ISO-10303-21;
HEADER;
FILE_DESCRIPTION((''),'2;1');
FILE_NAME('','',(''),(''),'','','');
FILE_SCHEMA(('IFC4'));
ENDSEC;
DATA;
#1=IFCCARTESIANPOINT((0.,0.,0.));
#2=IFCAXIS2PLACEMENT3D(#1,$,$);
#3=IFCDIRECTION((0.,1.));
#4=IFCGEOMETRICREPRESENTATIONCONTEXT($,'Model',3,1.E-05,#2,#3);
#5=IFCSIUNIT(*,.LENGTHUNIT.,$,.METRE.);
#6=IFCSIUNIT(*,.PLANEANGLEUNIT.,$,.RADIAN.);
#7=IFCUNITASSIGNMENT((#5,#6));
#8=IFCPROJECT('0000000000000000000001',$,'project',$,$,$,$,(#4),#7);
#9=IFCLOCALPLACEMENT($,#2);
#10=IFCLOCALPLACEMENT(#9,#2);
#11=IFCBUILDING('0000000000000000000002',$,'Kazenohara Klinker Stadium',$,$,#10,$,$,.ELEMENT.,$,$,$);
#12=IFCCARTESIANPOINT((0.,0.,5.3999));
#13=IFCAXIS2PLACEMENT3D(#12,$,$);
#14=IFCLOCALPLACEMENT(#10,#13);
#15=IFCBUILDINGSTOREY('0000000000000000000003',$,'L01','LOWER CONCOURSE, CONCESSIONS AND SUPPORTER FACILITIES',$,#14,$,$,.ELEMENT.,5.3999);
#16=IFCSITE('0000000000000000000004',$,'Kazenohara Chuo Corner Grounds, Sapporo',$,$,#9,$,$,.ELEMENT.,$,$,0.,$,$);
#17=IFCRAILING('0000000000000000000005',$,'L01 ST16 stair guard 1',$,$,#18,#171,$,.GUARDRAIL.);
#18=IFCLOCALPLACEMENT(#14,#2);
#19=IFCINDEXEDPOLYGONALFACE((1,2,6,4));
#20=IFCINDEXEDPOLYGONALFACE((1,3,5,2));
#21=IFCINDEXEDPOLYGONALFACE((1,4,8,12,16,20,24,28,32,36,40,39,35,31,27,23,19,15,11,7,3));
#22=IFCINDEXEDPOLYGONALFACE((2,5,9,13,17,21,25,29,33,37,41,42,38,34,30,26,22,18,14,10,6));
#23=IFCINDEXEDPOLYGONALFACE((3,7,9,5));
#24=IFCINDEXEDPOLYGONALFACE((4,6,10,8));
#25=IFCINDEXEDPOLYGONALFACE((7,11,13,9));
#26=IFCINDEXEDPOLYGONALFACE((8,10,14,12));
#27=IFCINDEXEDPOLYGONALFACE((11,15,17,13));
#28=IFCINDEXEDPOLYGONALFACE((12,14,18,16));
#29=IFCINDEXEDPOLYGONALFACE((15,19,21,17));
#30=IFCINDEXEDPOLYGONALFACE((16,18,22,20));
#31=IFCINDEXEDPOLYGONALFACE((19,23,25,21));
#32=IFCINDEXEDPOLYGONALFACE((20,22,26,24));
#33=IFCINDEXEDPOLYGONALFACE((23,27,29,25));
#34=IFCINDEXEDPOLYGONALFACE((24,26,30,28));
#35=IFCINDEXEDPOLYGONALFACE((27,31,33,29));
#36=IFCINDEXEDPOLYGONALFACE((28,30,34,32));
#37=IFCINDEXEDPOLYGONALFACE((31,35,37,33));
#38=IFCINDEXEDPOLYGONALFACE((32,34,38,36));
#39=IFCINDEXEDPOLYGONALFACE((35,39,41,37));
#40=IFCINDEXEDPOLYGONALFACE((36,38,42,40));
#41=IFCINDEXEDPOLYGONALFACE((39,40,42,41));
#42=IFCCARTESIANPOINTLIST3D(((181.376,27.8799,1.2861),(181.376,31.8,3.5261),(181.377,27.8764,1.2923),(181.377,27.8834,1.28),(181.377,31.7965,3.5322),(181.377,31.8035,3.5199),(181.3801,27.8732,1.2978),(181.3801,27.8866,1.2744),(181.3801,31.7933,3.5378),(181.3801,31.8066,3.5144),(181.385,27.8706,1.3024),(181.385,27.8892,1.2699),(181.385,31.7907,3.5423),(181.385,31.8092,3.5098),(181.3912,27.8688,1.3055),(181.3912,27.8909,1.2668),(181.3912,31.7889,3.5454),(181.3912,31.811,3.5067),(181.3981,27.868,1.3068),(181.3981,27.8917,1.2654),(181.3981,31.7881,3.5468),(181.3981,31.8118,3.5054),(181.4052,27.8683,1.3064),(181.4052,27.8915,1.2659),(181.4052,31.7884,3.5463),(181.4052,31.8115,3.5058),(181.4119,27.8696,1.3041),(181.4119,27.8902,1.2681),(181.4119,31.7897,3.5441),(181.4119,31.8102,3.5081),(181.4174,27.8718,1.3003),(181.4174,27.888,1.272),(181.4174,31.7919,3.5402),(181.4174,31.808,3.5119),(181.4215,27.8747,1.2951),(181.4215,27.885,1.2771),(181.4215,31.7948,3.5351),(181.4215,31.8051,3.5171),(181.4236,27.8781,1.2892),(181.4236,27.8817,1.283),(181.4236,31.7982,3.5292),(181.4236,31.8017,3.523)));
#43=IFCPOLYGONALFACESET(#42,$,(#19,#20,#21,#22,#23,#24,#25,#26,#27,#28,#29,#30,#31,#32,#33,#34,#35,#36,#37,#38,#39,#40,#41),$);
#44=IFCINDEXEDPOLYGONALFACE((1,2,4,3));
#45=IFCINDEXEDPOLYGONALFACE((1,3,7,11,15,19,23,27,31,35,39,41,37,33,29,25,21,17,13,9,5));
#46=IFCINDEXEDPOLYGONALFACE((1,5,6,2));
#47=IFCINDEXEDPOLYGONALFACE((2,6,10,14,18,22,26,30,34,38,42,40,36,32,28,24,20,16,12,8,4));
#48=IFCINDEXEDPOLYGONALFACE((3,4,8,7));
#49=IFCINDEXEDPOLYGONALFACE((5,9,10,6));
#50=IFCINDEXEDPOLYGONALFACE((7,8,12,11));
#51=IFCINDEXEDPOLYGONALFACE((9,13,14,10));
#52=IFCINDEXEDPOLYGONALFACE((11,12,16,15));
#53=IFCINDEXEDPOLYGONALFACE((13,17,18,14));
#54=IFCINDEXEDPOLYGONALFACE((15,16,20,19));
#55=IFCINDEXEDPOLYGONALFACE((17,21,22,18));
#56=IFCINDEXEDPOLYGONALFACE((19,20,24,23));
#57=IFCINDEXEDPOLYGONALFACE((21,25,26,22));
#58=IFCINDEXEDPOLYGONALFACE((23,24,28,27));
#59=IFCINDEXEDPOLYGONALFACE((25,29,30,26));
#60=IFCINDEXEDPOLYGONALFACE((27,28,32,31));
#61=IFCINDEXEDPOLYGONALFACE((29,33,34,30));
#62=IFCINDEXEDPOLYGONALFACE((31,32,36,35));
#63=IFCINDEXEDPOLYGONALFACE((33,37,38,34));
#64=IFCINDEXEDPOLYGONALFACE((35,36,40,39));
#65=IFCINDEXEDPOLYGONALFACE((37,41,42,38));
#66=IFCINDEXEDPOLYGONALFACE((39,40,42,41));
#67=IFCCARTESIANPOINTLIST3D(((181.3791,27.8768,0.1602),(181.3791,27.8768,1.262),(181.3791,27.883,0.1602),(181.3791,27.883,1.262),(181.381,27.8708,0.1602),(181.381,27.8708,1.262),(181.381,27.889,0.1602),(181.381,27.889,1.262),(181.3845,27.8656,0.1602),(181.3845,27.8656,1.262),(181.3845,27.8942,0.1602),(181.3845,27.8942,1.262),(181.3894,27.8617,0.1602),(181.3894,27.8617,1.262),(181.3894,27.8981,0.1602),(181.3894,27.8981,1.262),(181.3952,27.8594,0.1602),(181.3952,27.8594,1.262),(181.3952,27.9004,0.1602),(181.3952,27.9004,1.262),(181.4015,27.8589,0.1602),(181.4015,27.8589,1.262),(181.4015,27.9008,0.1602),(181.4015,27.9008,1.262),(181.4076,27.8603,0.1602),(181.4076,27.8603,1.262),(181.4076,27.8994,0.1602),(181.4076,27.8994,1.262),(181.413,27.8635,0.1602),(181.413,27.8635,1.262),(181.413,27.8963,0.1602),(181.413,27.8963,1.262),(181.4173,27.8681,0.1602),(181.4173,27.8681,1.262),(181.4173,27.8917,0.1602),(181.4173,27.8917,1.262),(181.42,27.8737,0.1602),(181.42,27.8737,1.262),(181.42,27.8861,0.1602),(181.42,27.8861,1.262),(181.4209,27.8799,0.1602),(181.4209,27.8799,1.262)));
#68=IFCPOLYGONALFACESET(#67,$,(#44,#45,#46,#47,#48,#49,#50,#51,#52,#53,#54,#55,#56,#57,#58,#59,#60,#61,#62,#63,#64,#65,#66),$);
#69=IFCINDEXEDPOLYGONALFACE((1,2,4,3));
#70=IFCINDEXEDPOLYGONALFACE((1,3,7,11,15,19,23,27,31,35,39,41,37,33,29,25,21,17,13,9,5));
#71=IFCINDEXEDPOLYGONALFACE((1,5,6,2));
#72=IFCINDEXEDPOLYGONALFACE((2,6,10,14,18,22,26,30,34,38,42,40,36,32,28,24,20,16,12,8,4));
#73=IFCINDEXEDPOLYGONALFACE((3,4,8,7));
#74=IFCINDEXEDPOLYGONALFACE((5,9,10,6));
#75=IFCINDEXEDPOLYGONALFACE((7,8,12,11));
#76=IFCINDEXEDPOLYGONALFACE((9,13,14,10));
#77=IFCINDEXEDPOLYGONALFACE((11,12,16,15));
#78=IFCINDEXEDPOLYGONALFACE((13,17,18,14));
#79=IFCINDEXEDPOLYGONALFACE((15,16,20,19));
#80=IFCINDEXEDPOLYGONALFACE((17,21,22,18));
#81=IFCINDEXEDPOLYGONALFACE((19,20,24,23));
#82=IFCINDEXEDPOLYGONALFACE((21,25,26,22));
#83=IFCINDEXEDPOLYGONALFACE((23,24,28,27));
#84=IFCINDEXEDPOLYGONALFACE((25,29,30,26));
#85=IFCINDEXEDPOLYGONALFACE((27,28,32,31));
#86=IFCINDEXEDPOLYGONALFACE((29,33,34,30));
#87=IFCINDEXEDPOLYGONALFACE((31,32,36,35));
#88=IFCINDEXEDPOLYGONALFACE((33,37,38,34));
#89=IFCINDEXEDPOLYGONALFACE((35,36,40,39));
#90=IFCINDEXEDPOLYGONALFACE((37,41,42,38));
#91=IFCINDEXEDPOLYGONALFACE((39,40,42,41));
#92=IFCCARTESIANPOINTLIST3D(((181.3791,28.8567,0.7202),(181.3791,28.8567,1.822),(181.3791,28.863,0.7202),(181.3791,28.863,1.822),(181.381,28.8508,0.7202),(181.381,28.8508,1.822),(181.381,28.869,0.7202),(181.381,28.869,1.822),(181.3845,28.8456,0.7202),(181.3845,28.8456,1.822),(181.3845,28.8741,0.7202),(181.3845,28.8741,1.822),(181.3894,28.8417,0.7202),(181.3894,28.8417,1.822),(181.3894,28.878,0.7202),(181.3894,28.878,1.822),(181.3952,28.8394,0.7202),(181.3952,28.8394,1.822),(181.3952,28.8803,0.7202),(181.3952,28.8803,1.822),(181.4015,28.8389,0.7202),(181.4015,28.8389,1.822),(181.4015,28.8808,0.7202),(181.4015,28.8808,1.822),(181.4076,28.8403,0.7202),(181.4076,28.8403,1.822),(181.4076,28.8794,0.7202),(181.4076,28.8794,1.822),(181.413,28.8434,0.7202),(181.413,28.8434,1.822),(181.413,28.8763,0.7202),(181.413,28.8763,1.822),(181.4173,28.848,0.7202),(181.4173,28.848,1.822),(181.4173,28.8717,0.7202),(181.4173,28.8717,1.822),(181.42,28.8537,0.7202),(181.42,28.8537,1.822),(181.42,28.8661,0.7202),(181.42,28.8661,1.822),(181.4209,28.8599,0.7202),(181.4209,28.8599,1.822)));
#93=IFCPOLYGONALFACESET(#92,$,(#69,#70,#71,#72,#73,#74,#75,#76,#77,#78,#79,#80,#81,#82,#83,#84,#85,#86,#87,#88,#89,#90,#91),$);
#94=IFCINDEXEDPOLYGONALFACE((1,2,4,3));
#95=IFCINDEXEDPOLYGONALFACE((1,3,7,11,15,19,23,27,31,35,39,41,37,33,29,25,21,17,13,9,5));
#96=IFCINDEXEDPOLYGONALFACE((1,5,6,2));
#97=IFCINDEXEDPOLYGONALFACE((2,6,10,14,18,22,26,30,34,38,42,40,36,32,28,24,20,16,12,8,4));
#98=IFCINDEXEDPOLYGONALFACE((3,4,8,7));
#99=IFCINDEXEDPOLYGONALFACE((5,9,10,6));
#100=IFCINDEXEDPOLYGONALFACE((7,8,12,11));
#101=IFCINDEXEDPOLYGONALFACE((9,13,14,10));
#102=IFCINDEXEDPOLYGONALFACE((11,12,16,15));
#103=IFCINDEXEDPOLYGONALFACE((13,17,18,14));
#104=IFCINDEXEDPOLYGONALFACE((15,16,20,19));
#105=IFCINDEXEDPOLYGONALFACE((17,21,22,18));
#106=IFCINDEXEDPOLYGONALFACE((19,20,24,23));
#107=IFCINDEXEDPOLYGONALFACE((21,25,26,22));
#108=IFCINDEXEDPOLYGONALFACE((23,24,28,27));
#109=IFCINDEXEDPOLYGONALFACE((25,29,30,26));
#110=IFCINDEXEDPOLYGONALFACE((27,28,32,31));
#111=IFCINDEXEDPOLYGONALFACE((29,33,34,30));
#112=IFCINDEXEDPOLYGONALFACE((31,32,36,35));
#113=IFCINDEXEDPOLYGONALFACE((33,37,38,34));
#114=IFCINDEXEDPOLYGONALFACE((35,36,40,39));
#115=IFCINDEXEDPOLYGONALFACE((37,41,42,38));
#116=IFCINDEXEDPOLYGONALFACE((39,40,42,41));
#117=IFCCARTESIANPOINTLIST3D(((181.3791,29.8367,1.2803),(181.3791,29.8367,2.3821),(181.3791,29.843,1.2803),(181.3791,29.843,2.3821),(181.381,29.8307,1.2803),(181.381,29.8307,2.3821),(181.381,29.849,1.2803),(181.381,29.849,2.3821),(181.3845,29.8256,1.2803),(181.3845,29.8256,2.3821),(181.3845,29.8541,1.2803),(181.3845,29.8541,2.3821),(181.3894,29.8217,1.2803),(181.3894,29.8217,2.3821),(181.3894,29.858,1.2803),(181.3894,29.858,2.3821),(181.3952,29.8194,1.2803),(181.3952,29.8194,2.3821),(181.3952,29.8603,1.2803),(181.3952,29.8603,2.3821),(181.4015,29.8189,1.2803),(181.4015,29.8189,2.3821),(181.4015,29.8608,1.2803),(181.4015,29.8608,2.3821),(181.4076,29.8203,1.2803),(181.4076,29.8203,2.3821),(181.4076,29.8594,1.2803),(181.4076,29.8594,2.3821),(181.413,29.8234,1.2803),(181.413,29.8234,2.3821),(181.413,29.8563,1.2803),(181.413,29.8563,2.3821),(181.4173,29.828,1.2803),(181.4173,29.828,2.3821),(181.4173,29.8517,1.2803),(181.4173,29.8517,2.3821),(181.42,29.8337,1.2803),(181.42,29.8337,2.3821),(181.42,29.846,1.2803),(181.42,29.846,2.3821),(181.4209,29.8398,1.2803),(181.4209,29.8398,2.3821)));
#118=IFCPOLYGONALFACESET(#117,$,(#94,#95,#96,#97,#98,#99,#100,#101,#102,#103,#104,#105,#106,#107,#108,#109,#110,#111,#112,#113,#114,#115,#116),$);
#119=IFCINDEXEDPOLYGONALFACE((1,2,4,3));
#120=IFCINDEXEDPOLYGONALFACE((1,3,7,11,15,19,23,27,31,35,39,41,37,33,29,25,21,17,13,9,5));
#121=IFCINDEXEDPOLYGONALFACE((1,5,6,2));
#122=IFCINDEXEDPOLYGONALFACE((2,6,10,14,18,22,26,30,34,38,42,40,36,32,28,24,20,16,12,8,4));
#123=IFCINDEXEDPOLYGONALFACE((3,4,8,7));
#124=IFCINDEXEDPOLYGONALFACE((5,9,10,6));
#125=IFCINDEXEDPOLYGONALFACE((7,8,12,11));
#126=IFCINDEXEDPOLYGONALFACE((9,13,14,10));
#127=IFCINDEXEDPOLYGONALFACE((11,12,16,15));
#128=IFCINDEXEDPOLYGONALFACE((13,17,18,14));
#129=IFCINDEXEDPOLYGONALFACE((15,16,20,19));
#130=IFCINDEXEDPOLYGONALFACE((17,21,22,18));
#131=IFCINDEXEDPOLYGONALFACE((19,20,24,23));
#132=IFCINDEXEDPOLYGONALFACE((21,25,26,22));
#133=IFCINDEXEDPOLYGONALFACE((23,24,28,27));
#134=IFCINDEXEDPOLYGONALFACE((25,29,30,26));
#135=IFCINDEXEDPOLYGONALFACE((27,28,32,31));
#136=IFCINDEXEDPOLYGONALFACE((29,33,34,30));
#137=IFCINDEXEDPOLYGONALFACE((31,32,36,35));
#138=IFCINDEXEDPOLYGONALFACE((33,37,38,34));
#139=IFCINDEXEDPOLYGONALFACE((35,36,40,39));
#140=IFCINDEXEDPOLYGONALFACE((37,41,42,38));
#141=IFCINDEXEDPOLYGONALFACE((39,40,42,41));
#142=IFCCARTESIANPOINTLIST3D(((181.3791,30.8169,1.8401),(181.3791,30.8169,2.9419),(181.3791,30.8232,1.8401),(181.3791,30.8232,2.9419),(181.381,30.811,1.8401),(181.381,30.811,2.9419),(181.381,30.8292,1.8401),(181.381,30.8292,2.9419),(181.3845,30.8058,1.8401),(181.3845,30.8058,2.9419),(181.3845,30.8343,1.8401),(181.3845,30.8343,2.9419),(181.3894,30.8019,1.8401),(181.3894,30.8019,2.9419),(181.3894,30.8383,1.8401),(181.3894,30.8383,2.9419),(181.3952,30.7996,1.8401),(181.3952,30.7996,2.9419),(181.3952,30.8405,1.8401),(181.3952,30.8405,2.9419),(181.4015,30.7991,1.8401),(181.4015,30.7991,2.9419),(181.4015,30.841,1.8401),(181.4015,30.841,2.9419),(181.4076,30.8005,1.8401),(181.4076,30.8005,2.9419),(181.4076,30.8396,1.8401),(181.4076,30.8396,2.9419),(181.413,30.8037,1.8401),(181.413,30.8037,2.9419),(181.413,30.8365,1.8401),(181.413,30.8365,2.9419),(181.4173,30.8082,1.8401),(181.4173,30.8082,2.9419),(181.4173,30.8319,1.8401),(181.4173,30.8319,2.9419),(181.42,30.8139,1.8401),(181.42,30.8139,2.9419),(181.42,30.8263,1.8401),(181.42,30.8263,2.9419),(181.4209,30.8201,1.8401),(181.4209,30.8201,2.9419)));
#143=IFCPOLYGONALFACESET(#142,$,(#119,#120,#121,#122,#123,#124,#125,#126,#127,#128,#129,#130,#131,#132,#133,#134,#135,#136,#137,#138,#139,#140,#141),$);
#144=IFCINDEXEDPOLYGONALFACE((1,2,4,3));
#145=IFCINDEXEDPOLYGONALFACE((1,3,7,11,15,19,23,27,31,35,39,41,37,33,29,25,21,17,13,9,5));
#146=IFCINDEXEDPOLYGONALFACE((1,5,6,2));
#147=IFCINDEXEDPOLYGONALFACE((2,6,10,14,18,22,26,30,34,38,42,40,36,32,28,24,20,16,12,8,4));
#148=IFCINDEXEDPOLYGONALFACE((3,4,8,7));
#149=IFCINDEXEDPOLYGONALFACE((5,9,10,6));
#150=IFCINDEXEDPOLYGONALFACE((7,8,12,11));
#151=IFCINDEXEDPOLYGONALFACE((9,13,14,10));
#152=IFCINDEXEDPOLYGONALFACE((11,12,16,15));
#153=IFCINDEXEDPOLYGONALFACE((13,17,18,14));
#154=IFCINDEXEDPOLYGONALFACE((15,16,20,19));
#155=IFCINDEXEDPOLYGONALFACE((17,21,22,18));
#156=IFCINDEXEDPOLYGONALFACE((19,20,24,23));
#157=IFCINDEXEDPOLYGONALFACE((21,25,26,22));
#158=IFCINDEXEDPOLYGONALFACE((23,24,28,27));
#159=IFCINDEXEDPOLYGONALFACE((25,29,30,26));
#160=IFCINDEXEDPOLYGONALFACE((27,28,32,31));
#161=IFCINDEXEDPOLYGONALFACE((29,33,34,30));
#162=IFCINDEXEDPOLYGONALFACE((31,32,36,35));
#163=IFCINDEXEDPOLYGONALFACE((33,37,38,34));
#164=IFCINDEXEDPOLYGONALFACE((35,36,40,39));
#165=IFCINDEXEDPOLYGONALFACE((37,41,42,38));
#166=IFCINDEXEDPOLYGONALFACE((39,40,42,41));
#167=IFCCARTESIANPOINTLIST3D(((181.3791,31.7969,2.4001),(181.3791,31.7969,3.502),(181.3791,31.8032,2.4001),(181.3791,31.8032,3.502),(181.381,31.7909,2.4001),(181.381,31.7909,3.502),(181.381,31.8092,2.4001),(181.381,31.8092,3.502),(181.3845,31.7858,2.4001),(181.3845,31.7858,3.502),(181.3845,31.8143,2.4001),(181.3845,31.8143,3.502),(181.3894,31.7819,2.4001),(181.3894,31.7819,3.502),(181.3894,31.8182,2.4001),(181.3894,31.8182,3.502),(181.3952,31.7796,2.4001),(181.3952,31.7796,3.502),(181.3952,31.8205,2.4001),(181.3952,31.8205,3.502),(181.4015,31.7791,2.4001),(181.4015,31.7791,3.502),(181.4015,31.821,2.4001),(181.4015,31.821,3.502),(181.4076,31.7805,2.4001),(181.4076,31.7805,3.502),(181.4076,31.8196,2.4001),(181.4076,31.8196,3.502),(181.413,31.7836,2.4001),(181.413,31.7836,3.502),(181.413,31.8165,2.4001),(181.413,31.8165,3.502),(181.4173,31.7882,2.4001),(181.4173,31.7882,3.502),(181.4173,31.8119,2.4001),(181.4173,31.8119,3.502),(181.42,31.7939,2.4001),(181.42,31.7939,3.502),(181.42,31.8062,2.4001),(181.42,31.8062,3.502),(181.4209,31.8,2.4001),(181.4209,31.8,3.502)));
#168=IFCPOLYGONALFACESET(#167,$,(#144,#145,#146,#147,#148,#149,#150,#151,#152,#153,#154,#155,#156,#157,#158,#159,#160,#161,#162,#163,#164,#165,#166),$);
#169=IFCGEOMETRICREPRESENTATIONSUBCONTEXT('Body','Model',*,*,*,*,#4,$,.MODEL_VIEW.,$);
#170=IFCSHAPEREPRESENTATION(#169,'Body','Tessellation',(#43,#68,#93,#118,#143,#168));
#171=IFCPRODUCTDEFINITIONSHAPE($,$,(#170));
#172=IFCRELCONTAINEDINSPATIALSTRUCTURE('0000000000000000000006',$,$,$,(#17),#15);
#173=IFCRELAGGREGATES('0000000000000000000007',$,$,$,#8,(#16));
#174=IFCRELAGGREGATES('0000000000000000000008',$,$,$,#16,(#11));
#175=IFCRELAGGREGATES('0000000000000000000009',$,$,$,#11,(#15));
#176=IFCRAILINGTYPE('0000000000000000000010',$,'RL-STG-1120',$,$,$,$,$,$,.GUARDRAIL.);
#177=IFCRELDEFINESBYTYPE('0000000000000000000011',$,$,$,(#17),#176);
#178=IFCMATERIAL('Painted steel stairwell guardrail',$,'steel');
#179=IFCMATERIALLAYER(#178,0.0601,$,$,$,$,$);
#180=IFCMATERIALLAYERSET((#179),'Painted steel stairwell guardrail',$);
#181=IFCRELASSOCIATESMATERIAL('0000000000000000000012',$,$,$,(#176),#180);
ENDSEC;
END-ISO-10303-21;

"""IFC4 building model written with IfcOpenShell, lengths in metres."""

from ifc_helpers import new_model, si_unit, direction, frame, origin, origin_2d, place, context, subcontext, project, spatial, circle, extrude, material, layer, layer_set, type_object, element, save


model = new_model("IFC4")

# Units and contexts
model_context = context("Model", 3, precision=1e-05, world=origin(), true_north=direction((0.0, 1.0)))
body_context = subcontext(model_context, "Body", "Model", "MODEL_VIEW")
ifc_project = project(units=[si_unit("LENGTHUNIT", "METRE"), si_unit("PLANEANGLEUNIT", "RADIAN")], contexts=[model_context])

# Site, building, storey
site_placement = place(None, origin())
site = spatial("IfcSite", under=ifc_project, at=site_placement, Name="Kazenohara Chuo Corner Grounds, Sapporo", CompositionType="ELEMENT", RefElevation=0.0)
building_placement = place(site_placement, origin())
building = spatial("IfcBuilding", under=site, at=building_placement, Name="Kazenohara Klinker Stadium", CompositionType="ELEMENT")
storey_placement = place(building_placement, frame((0.0, 0.0, 5.3999)))
storey = spatial("IfcBuildingStorey", under=building, at=storey_placement, Name="L01", Description="LOWER CONCOURSE, CONCESSIONS AND SUPPORTER FACILITIES", CompositionType="ELEMENT", Elevation=5.3999)

# Railing
ifc_material_1 = material(Name="Painted steel stairwell guardrail", Category="steel")
ifc_layer_1 = layer(ifc_material_1, 0.0601)
ifc_layer_set_1 = layer_set([ifc_layer_1], Name="Painted steel stairwell guardrail")
railing_type_1 = type_object("IfcRailingType", Name="RL-STG-1120", PredefinedType="GUARDRAIL", material=ifc_layer_set_1)
railing_1_placement = place(storey_placement, frame((181.3999, 27.8799, 0.1602)))
element("IfcRailing", 1, at=railing_1_placement, inside=storey, type_object=railing_type_1, Name="L01 ST16 stair guard 1", PredefinedType="GUARDRAIL", context=body_context, shape_type="SweptSolid", body=[
    extrude(circle(Radius=0.0239, at=origin_2d()), frame((0.0, 0.0, 1.126), z_axis=(0.0, 0.868253, 0.496121), x_axis=(-1.0, 0.0, 0.0)), (0.0, 0.0, 1.0), 4.5149),
    extrude(circle(Radius=0.021, at=origin_2d()), origin(), (0.0, 0.0, 1.0), 1.1018),
    extrude(circle(Radius=0.021, at=origin_2d()), frame((0.0, 0.98, 0.5601)), (0.0, 0.0, 1.0), 1.1018),
    extrude(circle(Radius=0.021, at=origin_2d()), frame((0.0, 1.96, 1.1201)), (0.0, 0.0, 1.0), 1.1018),
    extrude(circle(Radius=0.021, at=origin_2d()), frame((0.0, 2.9402, 1.6799)), (0.0, 0.0, 1.0), 1.1018),
    extrude(circle(Radius=0.021, at=origin_2d()), frame((0.0, 3.9202, 2.24)), (0.0, 0.0, 1.0), 1.1018),
])

save(model, "model.ifc")
